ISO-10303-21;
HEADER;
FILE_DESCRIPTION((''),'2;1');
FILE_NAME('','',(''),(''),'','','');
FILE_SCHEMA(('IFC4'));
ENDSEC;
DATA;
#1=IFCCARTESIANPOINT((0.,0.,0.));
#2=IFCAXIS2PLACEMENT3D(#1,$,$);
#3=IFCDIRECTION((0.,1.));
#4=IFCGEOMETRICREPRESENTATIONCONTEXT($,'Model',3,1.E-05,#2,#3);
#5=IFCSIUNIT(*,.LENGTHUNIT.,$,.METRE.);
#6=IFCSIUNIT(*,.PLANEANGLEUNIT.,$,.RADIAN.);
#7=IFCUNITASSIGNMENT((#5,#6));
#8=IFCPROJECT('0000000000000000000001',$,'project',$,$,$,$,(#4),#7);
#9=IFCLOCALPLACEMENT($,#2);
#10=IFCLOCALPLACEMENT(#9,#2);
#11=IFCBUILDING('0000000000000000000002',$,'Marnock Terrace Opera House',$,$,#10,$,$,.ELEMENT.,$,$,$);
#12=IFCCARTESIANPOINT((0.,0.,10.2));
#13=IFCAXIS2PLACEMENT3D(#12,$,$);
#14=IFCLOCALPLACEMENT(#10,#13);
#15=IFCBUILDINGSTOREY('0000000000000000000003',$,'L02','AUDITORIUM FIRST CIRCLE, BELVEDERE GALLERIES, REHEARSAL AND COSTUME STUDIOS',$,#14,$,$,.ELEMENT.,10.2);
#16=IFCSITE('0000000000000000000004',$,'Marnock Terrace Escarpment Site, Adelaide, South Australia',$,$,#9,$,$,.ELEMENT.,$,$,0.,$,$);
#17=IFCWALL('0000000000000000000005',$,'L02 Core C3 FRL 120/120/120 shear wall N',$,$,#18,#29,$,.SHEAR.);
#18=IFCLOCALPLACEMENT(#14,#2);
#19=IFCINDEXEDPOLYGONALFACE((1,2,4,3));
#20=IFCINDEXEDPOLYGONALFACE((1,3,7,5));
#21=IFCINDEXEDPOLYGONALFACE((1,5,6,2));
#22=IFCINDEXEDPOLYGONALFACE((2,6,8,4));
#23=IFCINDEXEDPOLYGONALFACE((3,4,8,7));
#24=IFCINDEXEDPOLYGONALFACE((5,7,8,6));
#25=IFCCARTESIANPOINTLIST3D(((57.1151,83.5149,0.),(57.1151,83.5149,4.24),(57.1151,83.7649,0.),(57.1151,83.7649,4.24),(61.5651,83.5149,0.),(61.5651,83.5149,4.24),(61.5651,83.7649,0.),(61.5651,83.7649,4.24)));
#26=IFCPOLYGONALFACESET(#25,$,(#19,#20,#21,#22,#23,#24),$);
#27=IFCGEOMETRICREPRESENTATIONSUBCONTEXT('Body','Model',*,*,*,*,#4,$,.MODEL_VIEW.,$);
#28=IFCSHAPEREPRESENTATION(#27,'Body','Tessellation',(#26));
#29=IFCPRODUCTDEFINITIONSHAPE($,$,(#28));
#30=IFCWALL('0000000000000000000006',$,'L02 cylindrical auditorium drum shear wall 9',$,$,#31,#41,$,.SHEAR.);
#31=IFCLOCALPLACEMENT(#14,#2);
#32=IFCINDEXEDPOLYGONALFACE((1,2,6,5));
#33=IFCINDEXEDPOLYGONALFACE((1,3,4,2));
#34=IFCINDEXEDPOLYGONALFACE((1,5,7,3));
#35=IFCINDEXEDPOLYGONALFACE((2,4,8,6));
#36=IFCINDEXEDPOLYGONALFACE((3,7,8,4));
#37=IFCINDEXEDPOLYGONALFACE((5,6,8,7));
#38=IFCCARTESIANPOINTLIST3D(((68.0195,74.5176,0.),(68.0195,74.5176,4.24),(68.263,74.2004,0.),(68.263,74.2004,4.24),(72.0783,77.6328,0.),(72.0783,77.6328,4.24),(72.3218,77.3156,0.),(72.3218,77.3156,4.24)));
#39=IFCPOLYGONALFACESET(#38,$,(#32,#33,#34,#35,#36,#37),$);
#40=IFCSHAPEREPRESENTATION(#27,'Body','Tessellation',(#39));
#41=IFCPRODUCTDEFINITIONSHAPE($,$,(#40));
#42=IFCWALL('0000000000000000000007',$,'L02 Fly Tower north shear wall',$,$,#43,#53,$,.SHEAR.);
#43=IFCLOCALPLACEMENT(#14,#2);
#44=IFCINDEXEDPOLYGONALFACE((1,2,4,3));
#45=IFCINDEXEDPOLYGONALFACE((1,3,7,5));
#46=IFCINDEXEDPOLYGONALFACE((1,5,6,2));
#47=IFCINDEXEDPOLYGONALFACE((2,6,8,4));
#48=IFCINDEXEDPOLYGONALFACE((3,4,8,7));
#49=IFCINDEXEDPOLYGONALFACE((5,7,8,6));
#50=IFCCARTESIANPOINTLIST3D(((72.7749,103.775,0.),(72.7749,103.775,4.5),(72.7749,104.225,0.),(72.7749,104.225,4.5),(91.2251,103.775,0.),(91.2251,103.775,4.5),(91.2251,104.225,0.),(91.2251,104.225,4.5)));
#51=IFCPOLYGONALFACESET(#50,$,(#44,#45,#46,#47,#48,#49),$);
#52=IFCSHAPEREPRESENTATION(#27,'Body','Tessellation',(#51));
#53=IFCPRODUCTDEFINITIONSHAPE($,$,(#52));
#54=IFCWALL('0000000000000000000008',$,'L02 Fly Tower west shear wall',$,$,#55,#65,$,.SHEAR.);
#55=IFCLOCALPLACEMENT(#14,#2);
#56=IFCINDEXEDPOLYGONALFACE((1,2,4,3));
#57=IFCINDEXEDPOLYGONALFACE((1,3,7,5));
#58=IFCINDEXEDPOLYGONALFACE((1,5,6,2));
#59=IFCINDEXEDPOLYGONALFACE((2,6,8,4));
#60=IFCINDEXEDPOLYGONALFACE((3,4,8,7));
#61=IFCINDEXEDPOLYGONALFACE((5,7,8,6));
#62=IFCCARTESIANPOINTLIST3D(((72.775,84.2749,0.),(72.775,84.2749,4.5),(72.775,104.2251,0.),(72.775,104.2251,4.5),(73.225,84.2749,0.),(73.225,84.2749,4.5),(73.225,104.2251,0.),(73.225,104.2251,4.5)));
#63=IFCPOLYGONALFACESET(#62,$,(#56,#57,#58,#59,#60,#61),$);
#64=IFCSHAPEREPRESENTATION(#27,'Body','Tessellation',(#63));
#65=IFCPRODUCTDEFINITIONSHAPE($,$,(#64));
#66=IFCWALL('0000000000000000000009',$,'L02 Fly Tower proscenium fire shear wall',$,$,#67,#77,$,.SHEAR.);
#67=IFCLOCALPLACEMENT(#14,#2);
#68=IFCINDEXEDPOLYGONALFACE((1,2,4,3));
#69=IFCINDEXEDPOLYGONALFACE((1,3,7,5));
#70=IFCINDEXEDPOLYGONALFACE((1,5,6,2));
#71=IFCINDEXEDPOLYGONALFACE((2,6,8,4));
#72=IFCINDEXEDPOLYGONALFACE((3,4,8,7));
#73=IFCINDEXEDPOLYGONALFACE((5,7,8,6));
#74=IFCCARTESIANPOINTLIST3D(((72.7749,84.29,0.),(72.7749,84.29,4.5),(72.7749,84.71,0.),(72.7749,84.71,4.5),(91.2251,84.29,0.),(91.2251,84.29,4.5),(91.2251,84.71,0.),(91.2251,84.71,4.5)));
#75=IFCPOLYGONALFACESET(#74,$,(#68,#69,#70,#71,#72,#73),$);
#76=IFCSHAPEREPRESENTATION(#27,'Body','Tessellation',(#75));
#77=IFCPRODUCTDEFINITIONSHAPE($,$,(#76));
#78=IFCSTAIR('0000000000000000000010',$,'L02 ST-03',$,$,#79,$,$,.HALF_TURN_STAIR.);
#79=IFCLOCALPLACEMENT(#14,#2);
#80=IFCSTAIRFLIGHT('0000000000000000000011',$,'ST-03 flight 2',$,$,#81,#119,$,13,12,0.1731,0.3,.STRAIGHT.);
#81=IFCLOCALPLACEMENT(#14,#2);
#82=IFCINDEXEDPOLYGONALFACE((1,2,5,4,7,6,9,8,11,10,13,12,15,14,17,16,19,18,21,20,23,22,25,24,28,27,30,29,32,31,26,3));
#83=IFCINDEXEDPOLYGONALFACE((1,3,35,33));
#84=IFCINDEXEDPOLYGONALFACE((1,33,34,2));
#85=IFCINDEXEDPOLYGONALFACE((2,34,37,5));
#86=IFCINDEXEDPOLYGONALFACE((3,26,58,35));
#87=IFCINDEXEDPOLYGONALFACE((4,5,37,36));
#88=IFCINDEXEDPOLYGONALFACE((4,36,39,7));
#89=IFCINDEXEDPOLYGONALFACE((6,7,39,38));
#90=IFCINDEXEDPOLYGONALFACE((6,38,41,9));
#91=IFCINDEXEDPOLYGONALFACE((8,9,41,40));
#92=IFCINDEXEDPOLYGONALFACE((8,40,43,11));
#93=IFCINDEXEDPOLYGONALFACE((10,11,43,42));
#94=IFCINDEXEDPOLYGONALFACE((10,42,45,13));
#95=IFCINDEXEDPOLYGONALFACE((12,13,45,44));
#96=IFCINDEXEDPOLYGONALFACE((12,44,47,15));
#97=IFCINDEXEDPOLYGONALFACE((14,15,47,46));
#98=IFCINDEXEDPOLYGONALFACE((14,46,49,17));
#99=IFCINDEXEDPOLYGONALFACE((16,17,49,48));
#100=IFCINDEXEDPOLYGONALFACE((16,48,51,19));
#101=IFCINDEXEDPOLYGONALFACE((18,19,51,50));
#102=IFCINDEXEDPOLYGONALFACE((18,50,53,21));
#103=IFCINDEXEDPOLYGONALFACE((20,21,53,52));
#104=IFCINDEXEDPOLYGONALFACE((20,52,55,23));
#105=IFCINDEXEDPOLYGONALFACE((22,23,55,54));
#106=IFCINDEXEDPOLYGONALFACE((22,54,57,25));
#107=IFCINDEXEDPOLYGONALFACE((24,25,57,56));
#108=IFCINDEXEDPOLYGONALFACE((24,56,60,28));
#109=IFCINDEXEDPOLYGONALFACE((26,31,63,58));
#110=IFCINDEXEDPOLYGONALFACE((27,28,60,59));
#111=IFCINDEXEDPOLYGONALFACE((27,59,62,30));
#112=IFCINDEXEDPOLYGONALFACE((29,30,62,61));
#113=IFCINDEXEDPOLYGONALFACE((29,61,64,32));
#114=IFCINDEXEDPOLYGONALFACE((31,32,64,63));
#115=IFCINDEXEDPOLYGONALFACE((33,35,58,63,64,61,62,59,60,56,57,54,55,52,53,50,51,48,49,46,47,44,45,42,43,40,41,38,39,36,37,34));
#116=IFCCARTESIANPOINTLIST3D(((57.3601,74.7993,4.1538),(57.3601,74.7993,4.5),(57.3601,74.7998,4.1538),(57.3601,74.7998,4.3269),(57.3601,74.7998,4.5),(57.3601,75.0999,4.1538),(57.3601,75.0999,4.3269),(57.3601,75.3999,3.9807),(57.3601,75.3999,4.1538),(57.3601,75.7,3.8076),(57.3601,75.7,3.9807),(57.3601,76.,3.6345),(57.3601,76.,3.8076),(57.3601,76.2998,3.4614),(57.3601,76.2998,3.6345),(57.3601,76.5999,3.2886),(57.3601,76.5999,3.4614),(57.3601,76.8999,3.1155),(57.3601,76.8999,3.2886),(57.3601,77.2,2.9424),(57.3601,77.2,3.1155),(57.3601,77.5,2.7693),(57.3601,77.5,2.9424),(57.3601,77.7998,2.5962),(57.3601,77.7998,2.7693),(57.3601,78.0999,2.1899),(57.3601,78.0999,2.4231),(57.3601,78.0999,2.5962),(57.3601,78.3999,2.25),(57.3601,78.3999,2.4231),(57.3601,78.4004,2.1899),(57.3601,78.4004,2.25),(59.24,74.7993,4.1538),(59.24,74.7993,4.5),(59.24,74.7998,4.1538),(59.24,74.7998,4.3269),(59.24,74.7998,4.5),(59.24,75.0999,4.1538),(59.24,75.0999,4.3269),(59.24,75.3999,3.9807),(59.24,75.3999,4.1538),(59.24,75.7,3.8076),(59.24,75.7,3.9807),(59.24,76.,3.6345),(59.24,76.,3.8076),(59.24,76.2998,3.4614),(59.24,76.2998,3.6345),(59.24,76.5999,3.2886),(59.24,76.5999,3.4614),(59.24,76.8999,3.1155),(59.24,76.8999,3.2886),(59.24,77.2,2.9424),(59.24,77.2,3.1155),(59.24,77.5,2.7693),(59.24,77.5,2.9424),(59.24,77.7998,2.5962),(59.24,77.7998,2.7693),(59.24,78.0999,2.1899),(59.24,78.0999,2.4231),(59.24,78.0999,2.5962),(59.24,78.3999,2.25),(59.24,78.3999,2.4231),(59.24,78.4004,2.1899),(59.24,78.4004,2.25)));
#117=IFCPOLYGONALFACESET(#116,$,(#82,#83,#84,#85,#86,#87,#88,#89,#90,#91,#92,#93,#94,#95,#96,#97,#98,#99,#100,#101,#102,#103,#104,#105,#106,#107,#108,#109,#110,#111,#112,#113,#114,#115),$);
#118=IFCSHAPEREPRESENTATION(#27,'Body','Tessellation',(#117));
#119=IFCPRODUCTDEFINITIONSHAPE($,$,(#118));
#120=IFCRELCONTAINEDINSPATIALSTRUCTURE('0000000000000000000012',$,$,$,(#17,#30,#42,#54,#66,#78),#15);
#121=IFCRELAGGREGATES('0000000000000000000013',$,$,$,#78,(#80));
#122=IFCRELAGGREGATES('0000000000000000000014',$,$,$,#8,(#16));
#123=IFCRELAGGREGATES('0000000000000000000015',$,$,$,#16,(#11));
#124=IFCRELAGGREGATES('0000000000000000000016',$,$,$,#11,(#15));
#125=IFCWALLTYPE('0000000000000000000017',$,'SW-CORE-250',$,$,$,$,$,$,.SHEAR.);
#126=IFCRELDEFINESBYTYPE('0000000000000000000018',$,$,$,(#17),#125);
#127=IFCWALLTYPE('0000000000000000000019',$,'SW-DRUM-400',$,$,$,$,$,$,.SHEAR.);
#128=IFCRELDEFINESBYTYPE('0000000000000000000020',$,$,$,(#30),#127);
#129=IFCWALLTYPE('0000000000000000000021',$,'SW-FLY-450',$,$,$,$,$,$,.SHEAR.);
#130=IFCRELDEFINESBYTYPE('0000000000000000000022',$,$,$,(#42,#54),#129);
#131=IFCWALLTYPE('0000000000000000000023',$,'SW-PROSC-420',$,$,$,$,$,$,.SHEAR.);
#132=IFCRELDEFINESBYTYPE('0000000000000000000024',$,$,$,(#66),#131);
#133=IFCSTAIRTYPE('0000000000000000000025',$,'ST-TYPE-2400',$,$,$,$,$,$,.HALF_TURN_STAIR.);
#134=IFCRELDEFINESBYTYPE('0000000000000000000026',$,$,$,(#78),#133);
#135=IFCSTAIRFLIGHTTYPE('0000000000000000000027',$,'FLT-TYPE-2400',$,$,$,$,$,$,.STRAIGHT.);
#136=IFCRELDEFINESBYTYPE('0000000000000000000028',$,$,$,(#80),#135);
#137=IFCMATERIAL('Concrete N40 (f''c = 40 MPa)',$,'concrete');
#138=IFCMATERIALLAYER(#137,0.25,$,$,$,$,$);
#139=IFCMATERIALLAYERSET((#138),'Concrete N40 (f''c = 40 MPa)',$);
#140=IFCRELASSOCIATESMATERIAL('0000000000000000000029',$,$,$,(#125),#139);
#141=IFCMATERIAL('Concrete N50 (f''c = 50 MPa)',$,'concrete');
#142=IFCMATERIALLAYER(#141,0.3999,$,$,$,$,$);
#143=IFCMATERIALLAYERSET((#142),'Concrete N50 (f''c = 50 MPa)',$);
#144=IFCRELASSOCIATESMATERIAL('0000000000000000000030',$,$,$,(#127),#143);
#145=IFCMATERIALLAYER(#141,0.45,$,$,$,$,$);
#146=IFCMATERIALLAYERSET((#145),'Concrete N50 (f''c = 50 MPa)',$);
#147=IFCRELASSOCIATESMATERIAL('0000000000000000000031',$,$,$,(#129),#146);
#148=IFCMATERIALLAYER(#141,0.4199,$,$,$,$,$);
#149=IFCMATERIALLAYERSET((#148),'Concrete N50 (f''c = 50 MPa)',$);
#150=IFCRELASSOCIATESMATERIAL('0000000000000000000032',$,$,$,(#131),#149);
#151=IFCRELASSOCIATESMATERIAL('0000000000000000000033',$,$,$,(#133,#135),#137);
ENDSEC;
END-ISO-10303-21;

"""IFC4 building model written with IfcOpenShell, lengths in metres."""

from ifc_helpers import new_model, si_unit, direction, frame, frame_2d, origin, place, context, subcontext, project, spatial, polyline, rectangle, outline, extrude, material, layer, layer_set, type_object, element, aggregate, save


model = new_model("IFC4")

# Units and contexts
model_context = context("Model", 3, precision=1e-05, world=origin(), true_north=direction((0.0, 1.0)))
body_context = subcontext(model_context, "Body", "Model", "MODEL_VIEW")
ifc_project = project(units=[si_unit("LENGTHUNIT", "METRE"), si_unit("PLANEANGLEUNIT", "RADIAN")], contexts=[model_context])

# Site, building, storey
site_placement = place(None, origin())
site = spatial("IfcSite", under=ifc_project, at=site_placement, Name="Marnock Terrace Escarpment Site, Adelaide, South Australia", CompositionType="ELEMENT", RefElevation=0.0)
building_placement = place(site_placement, origin())
building = spatial("IfcBuilding", under=site, at=building_placement, Name="Marnock Terrace Opera House", CompositionType="ELEMENT")
storey_placement = place(building_placement, frame((0.0, 0.0, 10.2)))
storey = spatial("IfcBuildingStorey", under=building, at=storey_placement, Name="L02", Description="AUDITORIUM FIRST CIRCLE, BELVEDERE GALLERIES, REHEARSAL AND COSTUME STUDIOS", CompositionType="ELEMENT", Elevation=10.2)

# Shared definitions
ifc_material_1 = material(Name="Concrete N50 (f'c = 50 MPa)", Category="concrete")

# Walls
ifc_material_2 = material(Name="Concrete N40 (f'c = 40 MPa)", Category="concrete")
ifc_layer_1 = layer(ifc_material_2, 0.25)
ifc_layer_set_1 = layer_set([ifc_layer_1], Name="Concrete N40 (f'c = 40 MPa)")
wall_type_1 = type_object("IfcWallType", Name="SW-CORE-250", PredefinedType="SHEAR", material=ifc_layer_set_1)
wall_1_placement = place(storey_placement, frame((57.115, 83.6399, 0.0), z_axis=(0.0, 0.0, 1.0), x_axis=(1.0, 0.0, 0.0)))
element("IfcWall", 1, at=wall_1_placement, inside=storey, type_object=wall_type_1, Name="L02 Core C3 FRL 120/120/120 shear wall N", PredefinedType="SHEAR", context=body_context, shape_type="SweptSolid", body=[
    extrude(rectangle(XDim=4.45, YDim=0.25, at=frame_2d((2.2251, 0.0))), origin(), (0.0, 0.0, 1.0), 4.24),
])
ifc_layer_2 = layer(ifc_material_1, 0.3999)
ifc_layer_set_2 = layer_set([ifc_layer_2], Name="Concrete N50 (f'c = 50 MPa)")
wall_type_2 = type_object("IfcWallType", Name="SW-DRUM-400", PredefinedType="SHEAR", material=ifc_layer_set_2)
wall_2_placement = place(storey_placement, frame((72.2, 77.4741, 0.0), z_axis=(0.0, 0.0, 1.0), x_axis=(-0.79328, -0.608857, 0.0)))
element("IfcWall", 2, at=wall_2_placement, inside=storey, type_object=wall_type_2, Name="L02 cylindrical auditorium drum shear wall 9", PredefinedType="SHEAR", context=body_context, shape_type="SweptSolid", body=[
    extrude(rectangle(XDim=5.1165, YDim=0.3999, at=frame_2d((2.5581, 0.0))), origin(), (0.0, 0.0, 1.0), 4.24),
])
ifc_layer_3 = layer(ifc_material_1, 0.45)
ifc_layer_set_3 = layer_set([ifc_layer_3], Name="Concrete N50 (f'c = 50 MPa)")
wall_type_3 = type_object("IfcWallType", Name="SW-FLY-450", PredefinedType="SHEAR", material=ifc_layer_set_3)
wall_3_placement = place(storey_placement, frame((72.7749, 104.0, 0.0), z_axis=(0.0, 0.0, 1.0), x_axis=(1.0, 0.0, 0.0)))
element("IfcWall", 3, at=wall_3_placement, inside=storey, type_object=wall_type_3, Name="L02 Fly Tower north shear wall", PredefinedType="SHEAR", context=body_context, shape_type="SweptSolid", body=[
    extrude(rectangle(XDim=18.4502, YDim=0.45, at=frame_2d((9.2251, 0.0))), origin(), (0.0, 0.0, 1.0), 4.5),
])
wall_4_placement = place(storey_placement, frame((73.0, 84.2749, 0.0), z_axis=(0.0, 0.0, 1.0), x_axis=(0.0, 1.0, 0.0)))
element("IfcWall", 4, at=wall_4_placement, inside=storey, type_object=wall_type_3, Name="L02 Fly Tower west shear wall", PredefinedType="SHEAR", context=body_context, shape_type="SweptSolid", body=[
    extrude(rectangle(XDim=19.9502, YDim=0.45, at=frame_2d((9.9751, 0.0))), origin(), (0.0, 0.0, 1.0), 4.5),
])
ifc_layer_4 = layer(ifc_material_1, 0.4199)
ifc_layer_set_4 = layer_set([ifc_layer_4], Name="Concrete N50 (f'c = 50 MPa)")
wall_type_4 = type_object("IfcWallType", Name="SW-PROSC-420", PredefinedType="SHEAR", material=ifc_layer_set_4)
wall_5_placement = place(storey_placement, frame((72.7749, 84.5, 0.0), z_axis=(0.0, 0.0, 1.0), x_axis=(1.0, 0.0, 0.0)))
element("IfcWall", 5, at=wall_5_placement, inside=storey, type_object=wall_type_4, Name="L02 Fly Tower proscenium fire shear wall", PredefinedType="SHEAR", context=body_context, shape_type="SweptSolid", body=[
    extrude(rectangle(XDim=18.4502, YDim=0.4199, at=frame_2d((9.2251, 0.0))), origin(), (0.0, 0.0, 1.0), 4.5),
])

# Stair, stair flight
stair_type = type_object("IfcStairType", Name="ST-TYPE-2400", PredefinedType="HALF_TURN_STAIR", material=ifc_material_2)
stair_placement = place(storey_placement, origin())
stair = element("IfcStair", 6, at=stair_placement, inside=storey, type_object=stair_type, Name="L02 ST-03", PredefinedType="HALF_TURN_STAIR")
stair_flight_type = type_object("IfcStairFlightType", Name="FLT-TYPE-2400", PredefinedType="STRAIGHT", material=ifc_material_2)
stair_flight_placement = place(storey_placement, frame((58.3, 78.3999, 2.25), z_axis=(0.0, 0.0, 1.0), x_axis=(0.0, -1.0, 0.0)))
stair_flight = element("IfcStairFlight", 7, at=stair_flight_placement, type_object=stair_flight_type, Name="ST-03 flight 2", NumberOfRisers=13, NumberOfTreads=12, PredefinedType="STRAIGHT", RiserHeight=0.1731, TreadLength=0.3, context=body_context, shape_type="SweptSolid", body=[
    extrude(outline(polyline([(-0.0005, -0.0601), (-0.0005, 0.0), (0.0, 0.0), (0.0, 0.1731), (0.3, 0.1731), (0.3, 0.3462), (0.6001, 0.3462), (0.6001, 0.5193), (0.8999, 0.5193), (0.8999, 0.6924), (1.2, 0.6924), (1.2, 0.8655), (1.5, 0.8655), (1.5, 1.0386), (1.8, 1.0386), (1.8, 1.2114), (2.1001, 1.2114), (2.1001, 1.3845), (2.3999, 1.3845), (2.3999, 1.5576), (2.7, 1.5576), (2.7, 1.7307), (3.0, 1.7307), (3.0, 1.9038), (3.3, 1.9038), (3.3, 2.0769), (3.6001, 2.0769), (3.6001, 2.25), (3.6006, 2.25), (3.6006, 1.9038), (3.6001, 1.9038), (0.3, -0.0601), (-0.0005, -0.0601)])), frame((0.0, 0.9399, 0.0), z_axis=(0.0, -1.0, 0.0), x_axis=(1.0, 0.0, 0.0)), (0.0, 0.0, 1.0), 1.8799),
])
aggregate(stair, [stair_flight])

save(model, "model.ifc")
